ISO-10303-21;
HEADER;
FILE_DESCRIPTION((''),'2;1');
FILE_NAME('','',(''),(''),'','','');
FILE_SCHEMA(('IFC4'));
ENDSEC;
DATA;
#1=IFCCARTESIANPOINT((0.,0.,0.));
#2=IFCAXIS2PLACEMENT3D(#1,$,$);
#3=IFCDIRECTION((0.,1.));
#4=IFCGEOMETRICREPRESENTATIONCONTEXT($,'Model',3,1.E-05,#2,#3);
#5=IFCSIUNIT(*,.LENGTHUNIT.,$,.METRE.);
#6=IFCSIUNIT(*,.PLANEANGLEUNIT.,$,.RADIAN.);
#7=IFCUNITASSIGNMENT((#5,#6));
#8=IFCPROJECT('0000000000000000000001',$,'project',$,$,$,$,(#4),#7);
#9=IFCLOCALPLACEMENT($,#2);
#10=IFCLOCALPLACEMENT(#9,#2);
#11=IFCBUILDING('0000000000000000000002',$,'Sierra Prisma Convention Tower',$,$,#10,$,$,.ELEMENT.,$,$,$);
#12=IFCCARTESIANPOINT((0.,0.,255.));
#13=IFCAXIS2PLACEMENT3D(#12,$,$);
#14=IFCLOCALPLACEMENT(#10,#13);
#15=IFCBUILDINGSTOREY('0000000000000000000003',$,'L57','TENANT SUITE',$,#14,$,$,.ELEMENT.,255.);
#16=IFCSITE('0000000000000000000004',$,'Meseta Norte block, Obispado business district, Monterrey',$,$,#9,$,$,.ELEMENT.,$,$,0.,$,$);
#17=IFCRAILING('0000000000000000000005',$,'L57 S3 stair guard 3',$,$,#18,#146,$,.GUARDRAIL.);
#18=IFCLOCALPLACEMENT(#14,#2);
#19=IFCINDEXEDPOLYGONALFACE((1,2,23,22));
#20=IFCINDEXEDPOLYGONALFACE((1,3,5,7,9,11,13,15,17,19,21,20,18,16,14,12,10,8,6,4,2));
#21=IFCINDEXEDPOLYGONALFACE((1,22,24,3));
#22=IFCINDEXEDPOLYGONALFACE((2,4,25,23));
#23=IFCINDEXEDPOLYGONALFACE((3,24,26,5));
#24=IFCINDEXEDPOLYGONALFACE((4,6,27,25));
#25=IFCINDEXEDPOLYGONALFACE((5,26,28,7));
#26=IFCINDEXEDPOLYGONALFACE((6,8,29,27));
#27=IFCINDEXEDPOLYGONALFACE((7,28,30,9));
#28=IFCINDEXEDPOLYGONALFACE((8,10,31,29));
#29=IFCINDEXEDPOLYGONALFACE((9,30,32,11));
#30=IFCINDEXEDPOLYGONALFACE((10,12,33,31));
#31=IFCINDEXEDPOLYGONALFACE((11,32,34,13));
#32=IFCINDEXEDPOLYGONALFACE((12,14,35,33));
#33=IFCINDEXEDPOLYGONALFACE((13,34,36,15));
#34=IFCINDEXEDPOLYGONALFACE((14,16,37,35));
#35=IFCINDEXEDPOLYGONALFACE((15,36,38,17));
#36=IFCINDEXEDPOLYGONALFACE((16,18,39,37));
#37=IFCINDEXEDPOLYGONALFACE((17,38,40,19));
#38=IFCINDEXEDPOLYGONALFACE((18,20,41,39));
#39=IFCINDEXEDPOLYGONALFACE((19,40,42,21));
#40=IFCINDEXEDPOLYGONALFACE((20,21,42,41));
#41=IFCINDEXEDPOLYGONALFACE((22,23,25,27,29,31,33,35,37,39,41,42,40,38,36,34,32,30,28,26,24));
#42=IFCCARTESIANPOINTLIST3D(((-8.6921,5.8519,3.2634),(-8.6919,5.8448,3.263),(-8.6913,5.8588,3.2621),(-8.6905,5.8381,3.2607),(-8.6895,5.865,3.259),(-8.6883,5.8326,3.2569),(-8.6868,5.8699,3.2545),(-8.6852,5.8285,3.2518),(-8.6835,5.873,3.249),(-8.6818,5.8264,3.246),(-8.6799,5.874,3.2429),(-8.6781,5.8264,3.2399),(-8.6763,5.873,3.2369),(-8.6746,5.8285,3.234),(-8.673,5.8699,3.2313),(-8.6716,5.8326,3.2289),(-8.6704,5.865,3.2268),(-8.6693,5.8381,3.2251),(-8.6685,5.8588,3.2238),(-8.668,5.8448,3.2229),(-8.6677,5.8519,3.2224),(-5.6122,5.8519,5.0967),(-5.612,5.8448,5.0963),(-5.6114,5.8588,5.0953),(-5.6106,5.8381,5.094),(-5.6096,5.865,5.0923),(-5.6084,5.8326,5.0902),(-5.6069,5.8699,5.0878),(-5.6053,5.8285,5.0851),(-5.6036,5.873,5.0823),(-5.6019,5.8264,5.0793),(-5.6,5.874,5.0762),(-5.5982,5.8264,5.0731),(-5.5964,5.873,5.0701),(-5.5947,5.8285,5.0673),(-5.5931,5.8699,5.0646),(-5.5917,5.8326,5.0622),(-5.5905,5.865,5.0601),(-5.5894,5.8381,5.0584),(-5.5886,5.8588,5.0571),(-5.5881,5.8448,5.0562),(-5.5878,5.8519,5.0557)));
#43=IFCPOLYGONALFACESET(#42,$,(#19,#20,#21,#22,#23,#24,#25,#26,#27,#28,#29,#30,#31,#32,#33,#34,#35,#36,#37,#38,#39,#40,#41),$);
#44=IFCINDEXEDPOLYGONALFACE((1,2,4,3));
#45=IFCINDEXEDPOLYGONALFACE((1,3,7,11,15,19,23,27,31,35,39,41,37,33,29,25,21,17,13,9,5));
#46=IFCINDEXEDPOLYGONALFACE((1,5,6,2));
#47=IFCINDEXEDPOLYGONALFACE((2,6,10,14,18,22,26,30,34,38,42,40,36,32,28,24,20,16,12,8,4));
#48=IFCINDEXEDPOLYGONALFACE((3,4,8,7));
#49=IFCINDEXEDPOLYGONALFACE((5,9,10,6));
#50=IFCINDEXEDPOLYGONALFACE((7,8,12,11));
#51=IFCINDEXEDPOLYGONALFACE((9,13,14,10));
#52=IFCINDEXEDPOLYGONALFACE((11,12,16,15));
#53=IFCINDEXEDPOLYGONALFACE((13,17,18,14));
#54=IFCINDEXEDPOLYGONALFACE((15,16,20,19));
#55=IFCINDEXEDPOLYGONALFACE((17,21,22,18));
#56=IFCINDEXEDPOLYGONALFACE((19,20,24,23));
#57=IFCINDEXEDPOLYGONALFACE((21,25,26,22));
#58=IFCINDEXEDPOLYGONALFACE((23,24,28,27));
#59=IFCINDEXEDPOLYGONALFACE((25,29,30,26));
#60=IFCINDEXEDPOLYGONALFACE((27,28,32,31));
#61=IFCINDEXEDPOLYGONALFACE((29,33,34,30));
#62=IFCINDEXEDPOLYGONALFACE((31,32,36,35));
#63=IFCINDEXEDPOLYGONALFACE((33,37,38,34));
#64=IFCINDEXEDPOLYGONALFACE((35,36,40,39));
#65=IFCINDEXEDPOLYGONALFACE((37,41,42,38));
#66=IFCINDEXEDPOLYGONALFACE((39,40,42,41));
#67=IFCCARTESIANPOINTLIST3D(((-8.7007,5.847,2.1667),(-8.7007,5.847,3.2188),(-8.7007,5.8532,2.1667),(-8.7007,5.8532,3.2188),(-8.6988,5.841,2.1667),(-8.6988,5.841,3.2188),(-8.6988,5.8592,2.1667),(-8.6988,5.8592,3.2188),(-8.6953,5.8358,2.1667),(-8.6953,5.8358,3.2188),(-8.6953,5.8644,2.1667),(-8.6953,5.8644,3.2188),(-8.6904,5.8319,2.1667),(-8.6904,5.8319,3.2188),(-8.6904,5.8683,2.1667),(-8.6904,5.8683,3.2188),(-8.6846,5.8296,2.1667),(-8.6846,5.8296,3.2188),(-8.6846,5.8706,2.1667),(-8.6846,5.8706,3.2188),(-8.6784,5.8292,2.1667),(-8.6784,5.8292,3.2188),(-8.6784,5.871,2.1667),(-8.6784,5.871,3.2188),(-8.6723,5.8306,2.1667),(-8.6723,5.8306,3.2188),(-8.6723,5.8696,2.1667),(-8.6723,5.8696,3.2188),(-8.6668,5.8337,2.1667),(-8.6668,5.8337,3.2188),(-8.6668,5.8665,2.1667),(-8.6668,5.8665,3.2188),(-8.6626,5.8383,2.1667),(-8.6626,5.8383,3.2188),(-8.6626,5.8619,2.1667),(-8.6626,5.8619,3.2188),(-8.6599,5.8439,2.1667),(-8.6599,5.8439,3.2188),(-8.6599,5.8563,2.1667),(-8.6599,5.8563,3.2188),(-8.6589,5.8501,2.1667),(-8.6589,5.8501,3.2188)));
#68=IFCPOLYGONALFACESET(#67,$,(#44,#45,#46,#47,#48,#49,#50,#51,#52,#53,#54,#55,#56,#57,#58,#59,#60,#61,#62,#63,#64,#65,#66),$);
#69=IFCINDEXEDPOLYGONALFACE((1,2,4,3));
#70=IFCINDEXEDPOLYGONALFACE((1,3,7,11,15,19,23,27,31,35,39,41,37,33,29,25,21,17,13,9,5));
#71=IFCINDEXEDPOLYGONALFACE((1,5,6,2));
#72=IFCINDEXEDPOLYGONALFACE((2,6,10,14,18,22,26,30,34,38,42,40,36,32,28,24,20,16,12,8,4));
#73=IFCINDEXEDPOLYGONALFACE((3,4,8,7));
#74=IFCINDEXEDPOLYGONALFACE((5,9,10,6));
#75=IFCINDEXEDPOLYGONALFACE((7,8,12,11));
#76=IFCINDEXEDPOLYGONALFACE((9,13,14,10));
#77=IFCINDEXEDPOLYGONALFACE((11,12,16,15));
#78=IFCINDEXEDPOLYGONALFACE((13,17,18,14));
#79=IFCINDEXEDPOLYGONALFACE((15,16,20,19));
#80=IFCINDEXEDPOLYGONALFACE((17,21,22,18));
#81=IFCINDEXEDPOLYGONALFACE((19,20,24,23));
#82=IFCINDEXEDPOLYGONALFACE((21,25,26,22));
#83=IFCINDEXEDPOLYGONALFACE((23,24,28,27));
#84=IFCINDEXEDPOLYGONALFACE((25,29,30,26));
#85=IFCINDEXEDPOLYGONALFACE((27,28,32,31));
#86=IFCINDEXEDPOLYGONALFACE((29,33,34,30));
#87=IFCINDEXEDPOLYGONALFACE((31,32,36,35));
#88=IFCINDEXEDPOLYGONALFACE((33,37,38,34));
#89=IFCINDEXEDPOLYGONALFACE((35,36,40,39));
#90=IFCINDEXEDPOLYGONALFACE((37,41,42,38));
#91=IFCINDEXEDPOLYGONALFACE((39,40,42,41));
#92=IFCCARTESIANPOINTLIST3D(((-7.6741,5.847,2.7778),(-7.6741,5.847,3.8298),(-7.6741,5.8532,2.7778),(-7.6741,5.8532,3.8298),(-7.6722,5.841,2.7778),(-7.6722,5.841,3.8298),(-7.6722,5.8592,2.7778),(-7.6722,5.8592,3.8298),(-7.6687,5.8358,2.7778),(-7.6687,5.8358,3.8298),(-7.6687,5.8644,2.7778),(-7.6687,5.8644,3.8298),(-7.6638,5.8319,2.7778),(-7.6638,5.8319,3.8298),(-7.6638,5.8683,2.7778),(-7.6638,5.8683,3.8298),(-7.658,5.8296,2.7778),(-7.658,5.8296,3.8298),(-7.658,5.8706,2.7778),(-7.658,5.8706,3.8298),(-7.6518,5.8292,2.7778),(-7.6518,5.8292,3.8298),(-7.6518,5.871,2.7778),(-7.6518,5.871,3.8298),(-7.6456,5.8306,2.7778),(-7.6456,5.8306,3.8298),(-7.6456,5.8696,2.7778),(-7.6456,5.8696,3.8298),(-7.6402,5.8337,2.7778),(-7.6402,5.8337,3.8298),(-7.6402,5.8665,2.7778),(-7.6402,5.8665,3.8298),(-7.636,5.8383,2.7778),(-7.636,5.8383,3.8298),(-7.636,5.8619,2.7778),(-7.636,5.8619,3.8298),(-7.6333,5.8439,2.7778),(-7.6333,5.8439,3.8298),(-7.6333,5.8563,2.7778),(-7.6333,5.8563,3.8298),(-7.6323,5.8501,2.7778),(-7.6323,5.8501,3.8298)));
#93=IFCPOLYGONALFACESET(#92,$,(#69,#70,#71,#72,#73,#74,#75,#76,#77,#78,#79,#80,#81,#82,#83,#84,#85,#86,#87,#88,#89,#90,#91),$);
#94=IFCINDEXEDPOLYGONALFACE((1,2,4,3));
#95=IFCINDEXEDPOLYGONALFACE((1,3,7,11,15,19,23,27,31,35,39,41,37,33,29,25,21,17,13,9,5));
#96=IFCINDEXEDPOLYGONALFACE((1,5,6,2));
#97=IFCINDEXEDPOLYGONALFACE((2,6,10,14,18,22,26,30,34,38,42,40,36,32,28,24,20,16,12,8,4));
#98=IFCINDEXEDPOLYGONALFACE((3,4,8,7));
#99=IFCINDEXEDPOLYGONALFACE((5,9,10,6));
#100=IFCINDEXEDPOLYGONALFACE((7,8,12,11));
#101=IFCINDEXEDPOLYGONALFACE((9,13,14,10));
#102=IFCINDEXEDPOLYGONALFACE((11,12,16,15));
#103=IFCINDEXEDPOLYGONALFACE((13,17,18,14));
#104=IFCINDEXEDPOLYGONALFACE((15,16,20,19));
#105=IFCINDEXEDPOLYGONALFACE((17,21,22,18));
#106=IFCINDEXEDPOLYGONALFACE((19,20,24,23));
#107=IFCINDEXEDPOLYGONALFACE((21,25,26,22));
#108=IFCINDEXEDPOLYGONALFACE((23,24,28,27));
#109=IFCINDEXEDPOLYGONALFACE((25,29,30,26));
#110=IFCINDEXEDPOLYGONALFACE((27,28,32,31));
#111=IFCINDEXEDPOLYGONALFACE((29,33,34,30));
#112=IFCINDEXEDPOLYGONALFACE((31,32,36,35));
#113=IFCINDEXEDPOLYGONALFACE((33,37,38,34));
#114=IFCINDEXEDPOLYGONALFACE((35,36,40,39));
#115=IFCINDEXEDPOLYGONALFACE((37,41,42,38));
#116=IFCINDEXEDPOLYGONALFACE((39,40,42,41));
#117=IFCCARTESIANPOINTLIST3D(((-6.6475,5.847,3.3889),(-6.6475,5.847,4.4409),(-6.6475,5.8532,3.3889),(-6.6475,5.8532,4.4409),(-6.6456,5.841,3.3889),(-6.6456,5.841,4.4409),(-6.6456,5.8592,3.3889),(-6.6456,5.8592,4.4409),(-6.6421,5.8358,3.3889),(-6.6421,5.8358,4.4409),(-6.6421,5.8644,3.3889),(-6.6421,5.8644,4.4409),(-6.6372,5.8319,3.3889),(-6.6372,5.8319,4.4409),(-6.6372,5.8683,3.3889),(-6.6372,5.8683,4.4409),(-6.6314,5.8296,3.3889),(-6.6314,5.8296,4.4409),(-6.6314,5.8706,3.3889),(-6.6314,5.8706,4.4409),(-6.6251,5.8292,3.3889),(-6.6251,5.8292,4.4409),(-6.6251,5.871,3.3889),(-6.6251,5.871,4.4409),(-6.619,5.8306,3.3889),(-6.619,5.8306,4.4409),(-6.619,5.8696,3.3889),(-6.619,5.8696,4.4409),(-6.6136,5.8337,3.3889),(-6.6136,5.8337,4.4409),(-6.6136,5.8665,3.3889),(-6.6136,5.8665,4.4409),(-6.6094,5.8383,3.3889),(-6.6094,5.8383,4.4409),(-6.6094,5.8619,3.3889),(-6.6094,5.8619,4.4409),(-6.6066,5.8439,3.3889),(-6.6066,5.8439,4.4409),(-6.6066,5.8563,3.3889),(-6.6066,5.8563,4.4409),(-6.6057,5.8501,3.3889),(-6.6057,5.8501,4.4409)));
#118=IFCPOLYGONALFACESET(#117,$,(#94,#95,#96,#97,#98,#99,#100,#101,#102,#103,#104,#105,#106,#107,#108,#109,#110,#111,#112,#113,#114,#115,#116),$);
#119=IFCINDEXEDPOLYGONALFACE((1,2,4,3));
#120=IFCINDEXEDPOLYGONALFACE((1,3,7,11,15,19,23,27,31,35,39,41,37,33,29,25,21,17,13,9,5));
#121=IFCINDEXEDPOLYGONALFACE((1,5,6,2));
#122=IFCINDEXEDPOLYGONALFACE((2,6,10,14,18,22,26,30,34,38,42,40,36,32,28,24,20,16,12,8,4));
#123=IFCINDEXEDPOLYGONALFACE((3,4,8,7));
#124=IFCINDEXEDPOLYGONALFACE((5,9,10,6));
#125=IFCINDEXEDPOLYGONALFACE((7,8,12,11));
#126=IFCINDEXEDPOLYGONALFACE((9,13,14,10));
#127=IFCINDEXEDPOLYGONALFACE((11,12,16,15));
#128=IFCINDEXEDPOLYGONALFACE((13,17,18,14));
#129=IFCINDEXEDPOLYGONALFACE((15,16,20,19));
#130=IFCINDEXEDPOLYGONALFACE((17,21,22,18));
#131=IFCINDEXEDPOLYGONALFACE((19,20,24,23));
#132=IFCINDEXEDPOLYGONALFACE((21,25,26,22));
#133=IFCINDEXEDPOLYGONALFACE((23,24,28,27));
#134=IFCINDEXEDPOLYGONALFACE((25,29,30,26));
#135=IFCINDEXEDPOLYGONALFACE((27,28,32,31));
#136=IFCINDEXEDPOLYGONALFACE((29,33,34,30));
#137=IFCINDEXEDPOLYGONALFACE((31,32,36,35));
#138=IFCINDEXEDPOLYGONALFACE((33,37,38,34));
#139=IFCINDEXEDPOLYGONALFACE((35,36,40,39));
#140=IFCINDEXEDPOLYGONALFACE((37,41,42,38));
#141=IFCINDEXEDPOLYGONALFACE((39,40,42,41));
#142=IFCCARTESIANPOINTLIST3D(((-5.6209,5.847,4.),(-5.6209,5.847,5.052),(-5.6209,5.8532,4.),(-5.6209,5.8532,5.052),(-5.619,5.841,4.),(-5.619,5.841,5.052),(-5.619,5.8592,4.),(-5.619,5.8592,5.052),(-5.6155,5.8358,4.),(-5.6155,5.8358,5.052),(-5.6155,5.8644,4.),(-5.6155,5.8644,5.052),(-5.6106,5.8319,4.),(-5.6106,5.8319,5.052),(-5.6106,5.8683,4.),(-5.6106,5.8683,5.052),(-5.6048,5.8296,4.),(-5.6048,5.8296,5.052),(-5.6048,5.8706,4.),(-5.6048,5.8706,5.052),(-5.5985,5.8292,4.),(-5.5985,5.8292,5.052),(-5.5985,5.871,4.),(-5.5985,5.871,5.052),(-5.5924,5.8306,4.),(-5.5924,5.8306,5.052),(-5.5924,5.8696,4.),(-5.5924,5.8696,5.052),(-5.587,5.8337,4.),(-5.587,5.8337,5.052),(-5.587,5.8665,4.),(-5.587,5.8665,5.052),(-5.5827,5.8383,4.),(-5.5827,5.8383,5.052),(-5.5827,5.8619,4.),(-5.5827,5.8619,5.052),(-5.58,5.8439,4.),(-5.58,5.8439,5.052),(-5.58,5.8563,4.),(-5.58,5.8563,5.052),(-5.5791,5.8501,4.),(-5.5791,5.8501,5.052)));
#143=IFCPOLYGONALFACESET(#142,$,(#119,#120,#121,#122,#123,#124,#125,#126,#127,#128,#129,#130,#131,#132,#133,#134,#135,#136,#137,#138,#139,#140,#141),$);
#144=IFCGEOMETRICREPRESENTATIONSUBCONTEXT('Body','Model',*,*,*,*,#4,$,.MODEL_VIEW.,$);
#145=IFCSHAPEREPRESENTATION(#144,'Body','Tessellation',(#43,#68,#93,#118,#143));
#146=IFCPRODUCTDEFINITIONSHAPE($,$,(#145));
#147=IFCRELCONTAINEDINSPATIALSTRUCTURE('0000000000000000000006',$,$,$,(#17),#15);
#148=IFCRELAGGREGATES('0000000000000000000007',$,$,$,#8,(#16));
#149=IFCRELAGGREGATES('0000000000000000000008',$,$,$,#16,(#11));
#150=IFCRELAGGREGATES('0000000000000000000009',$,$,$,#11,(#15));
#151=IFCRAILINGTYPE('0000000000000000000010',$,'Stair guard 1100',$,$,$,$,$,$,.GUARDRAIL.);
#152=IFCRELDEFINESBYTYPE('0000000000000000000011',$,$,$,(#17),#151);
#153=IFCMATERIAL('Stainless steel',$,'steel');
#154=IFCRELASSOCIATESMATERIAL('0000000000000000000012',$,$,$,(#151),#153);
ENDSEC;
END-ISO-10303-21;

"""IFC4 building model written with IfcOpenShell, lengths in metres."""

from ifc_helpers import new_model, si_unit, direction, frame, origin, origin_2d, place, context, subcontext, project, spatial, circle, extrude, material, type_object, element, save


model = new_model("IFC4")

# Units and contexts
model_context = context("Model", 3, precision=1e-05, world=origin(), true_north=direction((0.0, 1.0)))
body_context = subcontext(model_context, "Body", "Model", "MODEL_VIEW")
ifc_project = project(units=[si_unit("LENGTHUNIT", "METRE"), si_unit("PLANEANGLEUNIT", "RADIAN")], contexts=[model_context])

# Site, building, storey
site_placement = place(None, origin())
site = spatial("IfcSite", under=ifc_project, at=site_placement, Name="Meseta Norte block, Obispado business district, Monterrey", CompositionType="ELEMENT", RefElevation=0.0)
building_placement = place(site_placement, origin())
building = spatial("IfcBuilding", under=site, at=building_placement, Name="Sierra Prisma Convention Tower", CompositionType="ELEMENT")
storey_placement = place(building_placement, frame((0.0, 0.0, 255.0)))
storey = spatial("IfcBuildingStorey", under=building, at=storey_placement, Name="L57", Description="TENANT SUITE", CompositionType="ELEMENT", Elevation=255.0)

# Railing
ifc_material_1 = material(Name="Stainless steel", Category="steel")
railing_type_1 = type_object("IfcRailingType", Name="Stair guard 1100", PredefinedType="GUARDRAIL", material=ifc_material_1)
railing_1_placement = place(storey_placement, frame((-8.6799, 5.8501, 2.1667)))
element("IfcRailing", 1, at=railing_1_placement, inside=storey, type_object=railing_type_1, Name="L57 S3 stair guard 3", PredefinedType="GUARDRAIL", context=body_context, shape_type="SweptSolid", body=[
    extrude(circle(Radius=0.0239, at=origin_2d()), frame((0.0, 0.0, 1.0762), z_axis=(0.859291, 0.0, 0.511487), x_axis=(0.0, 1.0, 0.0)), (0.0, 0.0, 1.0), 3.5842),
    extrude(circle(Radius=0.021, at=origin_2d()), origin(), (0.0, 0.0, 1.0), 1.052),
    extrude(circle(Radius=0.021, at=origin_2d()), frame((1.0266, 0.0, 0.6111)), (0.0, 0.0, 1.0), 1.052),
    extrude(circle(Radius=0.021, at=origin_2d()), frame((2.0532, 0.0, 1.2222)), (0.0, 0.0, 1.0), 1.052),
    extrude(circle(Radius=0.021, at=origin_2d()), frame((3.0798, 0.0, 1.8333)), (0.0, 0.0, 1.0), 1.052),
])

save(model, "model.ifc")
